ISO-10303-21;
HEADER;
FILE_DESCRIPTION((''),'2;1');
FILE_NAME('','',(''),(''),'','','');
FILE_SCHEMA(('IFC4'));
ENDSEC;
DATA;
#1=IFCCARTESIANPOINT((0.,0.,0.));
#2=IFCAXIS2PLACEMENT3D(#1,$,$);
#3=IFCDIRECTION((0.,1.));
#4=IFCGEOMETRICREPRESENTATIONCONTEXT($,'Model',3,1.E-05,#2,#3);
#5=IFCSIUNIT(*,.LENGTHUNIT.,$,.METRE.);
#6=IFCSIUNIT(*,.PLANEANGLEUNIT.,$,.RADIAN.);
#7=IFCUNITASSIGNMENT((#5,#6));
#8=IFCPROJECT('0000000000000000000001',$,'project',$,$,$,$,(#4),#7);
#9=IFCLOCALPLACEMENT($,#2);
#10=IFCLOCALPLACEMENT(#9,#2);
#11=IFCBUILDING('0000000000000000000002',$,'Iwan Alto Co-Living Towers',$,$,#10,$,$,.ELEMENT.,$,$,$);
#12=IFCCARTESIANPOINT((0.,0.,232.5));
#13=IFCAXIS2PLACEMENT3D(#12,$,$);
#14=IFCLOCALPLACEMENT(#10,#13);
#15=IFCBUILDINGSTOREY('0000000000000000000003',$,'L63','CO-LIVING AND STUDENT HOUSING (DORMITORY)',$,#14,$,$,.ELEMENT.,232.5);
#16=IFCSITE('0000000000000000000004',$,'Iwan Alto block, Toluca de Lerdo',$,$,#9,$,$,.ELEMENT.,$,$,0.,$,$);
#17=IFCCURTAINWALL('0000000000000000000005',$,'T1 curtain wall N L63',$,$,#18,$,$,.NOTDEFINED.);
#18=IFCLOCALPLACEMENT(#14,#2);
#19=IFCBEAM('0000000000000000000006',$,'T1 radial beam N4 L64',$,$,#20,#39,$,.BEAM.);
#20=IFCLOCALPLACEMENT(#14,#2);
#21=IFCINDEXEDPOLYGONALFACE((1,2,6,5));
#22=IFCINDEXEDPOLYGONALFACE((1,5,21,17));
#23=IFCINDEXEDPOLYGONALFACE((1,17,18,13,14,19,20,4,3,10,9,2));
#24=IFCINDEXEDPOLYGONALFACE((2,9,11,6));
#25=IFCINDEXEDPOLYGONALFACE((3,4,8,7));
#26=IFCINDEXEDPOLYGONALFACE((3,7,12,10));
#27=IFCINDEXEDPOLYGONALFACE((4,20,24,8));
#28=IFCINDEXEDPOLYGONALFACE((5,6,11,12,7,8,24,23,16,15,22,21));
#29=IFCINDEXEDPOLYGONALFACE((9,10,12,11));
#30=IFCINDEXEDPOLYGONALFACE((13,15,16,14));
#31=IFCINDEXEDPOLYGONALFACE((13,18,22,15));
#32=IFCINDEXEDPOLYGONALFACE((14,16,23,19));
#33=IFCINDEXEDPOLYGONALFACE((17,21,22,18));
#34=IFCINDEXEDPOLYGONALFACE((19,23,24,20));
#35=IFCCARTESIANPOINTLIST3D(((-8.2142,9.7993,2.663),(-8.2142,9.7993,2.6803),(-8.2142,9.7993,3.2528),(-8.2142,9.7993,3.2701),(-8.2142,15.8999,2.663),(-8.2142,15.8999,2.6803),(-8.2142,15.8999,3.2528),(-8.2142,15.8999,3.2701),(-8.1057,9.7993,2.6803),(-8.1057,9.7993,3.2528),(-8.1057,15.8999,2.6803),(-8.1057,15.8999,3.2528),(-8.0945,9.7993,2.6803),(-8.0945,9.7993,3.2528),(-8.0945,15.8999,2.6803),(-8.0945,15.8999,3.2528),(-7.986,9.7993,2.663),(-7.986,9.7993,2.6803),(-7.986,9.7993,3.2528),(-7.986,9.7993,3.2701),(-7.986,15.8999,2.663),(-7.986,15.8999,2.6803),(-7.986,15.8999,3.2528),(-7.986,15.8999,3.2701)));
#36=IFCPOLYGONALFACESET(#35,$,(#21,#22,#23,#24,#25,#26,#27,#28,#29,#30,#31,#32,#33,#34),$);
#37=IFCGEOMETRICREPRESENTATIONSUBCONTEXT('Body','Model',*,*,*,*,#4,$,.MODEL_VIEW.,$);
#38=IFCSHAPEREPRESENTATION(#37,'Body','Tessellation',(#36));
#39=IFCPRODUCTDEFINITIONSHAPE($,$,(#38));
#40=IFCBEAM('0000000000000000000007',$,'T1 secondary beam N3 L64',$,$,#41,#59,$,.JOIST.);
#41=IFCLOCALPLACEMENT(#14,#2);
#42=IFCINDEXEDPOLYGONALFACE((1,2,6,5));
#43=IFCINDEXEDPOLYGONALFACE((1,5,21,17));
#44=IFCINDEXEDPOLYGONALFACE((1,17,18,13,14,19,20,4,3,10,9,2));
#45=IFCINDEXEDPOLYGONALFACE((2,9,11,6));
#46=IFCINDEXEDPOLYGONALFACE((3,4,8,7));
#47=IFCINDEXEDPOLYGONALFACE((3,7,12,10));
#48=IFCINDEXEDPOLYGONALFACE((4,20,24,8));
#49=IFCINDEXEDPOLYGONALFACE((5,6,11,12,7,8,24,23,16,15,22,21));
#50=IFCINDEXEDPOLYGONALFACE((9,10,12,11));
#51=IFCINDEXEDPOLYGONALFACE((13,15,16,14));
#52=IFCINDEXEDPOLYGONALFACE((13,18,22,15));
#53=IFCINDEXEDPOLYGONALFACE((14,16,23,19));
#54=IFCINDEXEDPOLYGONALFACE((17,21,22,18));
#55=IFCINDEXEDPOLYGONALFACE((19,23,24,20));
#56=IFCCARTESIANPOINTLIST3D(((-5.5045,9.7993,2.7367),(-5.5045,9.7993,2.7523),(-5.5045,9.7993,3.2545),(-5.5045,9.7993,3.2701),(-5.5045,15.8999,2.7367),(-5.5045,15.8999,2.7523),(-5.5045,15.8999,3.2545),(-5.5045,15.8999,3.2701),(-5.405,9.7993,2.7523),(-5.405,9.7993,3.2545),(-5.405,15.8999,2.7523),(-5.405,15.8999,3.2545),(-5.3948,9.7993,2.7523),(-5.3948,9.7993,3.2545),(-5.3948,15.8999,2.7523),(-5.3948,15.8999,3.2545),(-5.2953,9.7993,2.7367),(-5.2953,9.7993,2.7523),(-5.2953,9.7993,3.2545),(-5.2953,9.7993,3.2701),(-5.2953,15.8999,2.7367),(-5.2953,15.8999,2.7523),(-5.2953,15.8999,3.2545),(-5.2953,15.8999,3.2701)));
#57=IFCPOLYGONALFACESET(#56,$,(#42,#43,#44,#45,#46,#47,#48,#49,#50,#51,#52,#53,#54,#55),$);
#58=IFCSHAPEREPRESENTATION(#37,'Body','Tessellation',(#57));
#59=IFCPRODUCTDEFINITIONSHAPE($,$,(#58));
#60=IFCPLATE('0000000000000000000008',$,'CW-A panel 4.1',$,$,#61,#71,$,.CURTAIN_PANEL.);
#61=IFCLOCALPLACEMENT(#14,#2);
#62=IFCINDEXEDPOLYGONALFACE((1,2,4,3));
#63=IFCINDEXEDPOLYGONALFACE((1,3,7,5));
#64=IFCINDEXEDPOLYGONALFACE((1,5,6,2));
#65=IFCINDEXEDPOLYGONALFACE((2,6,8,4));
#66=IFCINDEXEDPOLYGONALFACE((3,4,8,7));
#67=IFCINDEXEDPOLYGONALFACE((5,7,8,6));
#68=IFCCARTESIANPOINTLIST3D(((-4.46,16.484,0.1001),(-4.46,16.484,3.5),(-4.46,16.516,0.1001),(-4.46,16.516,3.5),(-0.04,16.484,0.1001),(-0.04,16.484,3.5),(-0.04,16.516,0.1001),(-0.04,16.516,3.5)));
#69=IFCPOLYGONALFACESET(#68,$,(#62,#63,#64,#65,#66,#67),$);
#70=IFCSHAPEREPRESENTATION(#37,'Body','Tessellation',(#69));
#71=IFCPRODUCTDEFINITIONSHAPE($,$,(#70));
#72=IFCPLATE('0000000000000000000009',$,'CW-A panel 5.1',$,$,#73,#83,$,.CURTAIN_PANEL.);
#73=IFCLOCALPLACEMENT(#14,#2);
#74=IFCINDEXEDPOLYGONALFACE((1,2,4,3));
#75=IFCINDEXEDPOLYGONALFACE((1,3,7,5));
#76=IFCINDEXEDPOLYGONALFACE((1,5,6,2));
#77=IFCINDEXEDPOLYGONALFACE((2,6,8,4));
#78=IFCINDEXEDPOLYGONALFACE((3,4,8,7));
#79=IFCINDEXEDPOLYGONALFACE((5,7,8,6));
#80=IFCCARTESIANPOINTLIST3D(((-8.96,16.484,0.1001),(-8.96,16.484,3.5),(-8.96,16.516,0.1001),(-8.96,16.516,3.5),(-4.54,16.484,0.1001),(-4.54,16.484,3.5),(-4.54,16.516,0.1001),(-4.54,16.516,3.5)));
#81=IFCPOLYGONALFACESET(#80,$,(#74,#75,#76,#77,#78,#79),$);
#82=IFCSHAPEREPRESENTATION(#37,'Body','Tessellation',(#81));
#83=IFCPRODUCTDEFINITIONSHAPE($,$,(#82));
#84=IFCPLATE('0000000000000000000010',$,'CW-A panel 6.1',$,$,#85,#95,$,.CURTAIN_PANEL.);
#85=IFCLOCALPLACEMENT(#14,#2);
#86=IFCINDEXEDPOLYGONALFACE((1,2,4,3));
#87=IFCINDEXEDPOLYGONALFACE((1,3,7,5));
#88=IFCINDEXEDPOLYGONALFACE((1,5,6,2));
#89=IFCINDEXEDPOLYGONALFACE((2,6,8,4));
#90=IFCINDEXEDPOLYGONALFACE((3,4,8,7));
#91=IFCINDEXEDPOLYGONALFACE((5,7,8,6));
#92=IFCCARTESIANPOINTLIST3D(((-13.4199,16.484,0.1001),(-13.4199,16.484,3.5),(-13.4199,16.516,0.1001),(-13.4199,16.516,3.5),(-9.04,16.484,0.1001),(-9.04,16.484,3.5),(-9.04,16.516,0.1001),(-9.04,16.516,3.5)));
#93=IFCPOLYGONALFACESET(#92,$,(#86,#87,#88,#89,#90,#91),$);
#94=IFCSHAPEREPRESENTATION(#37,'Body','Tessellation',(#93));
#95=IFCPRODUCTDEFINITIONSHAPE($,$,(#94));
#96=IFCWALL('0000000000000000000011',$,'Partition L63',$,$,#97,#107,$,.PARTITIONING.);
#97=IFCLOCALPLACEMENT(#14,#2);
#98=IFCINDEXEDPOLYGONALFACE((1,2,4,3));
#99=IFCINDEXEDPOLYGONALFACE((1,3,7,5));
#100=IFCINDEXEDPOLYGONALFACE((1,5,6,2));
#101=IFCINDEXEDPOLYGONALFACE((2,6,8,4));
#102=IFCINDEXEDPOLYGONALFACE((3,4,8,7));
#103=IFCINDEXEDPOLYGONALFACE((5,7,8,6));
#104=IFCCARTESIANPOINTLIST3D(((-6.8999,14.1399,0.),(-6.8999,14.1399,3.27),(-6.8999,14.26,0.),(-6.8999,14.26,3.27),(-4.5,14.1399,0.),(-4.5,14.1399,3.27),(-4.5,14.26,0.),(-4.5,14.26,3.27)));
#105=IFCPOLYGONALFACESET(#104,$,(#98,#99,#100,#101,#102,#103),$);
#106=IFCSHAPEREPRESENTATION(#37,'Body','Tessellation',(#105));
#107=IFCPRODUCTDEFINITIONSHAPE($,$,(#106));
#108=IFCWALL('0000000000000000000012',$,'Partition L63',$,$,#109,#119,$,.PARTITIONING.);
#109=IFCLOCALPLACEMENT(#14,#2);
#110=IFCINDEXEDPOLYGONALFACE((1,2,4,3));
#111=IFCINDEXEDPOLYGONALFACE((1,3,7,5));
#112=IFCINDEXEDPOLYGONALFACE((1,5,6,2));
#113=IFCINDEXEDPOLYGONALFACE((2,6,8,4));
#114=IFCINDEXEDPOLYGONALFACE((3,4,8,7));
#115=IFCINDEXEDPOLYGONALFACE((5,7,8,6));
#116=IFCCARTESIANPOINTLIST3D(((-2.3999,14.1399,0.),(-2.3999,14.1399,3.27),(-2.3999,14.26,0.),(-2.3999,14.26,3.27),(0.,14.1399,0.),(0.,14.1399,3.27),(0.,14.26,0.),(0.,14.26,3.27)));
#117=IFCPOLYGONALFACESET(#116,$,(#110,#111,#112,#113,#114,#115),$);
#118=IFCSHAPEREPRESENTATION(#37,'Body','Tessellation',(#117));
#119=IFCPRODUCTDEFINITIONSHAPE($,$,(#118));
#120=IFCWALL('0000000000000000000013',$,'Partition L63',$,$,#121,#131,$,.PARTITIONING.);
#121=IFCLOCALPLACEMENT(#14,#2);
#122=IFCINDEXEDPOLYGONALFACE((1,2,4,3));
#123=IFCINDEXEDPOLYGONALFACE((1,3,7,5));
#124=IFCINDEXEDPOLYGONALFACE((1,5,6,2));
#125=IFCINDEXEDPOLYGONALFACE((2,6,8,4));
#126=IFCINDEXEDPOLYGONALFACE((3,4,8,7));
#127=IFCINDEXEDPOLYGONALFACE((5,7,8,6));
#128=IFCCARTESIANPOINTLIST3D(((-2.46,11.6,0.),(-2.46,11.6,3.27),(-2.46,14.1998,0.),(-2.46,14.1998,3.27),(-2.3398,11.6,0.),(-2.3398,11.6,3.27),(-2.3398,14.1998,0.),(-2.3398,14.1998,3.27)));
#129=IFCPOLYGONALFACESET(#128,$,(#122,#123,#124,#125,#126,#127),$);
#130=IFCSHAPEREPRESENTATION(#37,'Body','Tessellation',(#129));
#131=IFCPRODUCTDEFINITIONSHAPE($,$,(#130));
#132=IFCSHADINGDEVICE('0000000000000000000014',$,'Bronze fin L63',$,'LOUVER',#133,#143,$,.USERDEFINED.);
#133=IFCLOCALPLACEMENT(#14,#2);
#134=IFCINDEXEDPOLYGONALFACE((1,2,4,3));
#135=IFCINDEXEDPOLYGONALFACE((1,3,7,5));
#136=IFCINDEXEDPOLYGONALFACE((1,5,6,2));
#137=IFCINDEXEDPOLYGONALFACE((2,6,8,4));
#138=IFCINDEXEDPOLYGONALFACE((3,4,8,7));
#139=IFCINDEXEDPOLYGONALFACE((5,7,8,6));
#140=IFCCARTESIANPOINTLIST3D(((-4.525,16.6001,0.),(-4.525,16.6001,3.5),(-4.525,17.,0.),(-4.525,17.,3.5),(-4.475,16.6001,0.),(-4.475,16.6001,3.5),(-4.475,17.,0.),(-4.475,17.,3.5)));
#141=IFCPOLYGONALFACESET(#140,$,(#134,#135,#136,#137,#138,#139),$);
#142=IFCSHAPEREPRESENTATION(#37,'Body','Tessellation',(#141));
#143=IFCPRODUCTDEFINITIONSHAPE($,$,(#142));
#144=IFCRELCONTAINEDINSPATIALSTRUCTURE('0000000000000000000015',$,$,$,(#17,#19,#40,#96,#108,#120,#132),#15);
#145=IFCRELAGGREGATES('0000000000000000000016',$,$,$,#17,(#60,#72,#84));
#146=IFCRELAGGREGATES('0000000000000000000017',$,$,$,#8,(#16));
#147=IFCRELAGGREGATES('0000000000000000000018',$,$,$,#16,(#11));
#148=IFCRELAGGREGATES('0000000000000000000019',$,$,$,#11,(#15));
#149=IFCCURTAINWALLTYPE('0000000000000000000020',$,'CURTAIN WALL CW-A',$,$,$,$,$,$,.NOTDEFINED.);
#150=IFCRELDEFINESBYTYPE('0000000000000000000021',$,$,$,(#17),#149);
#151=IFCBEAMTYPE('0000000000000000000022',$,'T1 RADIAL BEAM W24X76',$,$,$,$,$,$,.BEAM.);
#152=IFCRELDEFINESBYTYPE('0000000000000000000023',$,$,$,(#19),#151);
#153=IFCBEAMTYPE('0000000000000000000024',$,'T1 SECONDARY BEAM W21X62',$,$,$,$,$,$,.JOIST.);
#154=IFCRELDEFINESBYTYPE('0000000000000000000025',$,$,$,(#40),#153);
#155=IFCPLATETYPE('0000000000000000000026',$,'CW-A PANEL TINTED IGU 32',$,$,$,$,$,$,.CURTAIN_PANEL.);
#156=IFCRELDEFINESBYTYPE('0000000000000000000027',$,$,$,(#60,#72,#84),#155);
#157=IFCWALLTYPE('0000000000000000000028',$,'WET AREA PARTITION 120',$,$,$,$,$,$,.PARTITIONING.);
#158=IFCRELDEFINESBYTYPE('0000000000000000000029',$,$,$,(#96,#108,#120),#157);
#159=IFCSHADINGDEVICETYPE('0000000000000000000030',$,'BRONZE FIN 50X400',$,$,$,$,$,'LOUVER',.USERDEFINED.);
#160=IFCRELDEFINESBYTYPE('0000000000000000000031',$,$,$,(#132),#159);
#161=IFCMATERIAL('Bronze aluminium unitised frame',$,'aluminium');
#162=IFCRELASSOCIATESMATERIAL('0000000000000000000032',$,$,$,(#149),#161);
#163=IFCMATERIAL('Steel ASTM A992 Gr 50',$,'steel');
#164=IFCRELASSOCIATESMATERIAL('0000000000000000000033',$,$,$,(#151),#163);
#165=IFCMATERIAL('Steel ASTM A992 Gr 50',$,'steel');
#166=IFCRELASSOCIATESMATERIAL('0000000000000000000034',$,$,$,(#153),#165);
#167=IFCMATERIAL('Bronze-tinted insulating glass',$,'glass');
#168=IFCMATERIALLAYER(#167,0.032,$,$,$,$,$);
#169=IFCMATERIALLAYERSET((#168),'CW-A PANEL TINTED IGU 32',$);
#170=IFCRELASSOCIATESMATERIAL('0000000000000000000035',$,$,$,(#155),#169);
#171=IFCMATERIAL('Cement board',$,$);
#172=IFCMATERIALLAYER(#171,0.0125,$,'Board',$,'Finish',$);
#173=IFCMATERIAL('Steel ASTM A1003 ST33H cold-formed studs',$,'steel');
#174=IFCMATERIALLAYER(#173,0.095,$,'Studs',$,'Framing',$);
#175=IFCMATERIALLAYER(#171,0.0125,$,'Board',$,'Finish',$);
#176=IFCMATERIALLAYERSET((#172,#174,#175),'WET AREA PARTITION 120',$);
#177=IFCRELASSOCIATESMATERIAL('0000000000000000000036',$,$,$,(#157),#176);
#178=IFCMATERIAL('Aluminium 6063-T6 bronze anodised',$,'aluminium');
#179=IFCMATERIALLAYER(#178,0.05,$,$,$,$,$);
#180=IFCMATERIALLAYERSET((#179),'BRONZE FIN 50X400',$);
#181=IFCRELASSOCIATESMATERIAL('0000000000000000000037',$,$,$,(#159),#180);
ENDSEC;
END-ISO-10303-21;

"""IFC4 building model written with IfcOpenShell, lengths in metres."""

from ifc_helpers import new_model, si_unit, direction, frame, frame_2d, origin, origin_2d, place, context, subcontext, project, spatial, rectangle, i_section, extrude, material, layer, layer_set, material_profile, profile_set, type_object, element, aggregate, save


model = new_model("IFC4")

# Units and contexts
model_context = context("Model", 3, precision=1e-05, world=origin(), true_north=direction((0.0, 1.0)))
body_context = subcontext(model_context, "Body", "Model", "MODEL_VIEW")
ifc_project = project(units=[si_unit("LENGTHUNIT", "METRE"), si_unit("PLANEANGLEUNIT", "RADIAN")], contexts=[model_context])

# Site, building, storey
site_placement = place(None, origin())
site = spatial("IfcSite", under=ifc_project, at=site_placement, Name="Iwan Alto block, Toluca de Lerdo", CompositionType="ELEMENT", RefElevation=0.0)
building_placement = place(site_placement, origin())
building = spatial("IfcBuilding", under=site, at=building_placement, Name="Iwan Alto Co-Living Towers", CompositionType="ELEMENT")
storey_placement = place(building_placement, frame((0.0, 0.0, 232.5)))
storey = spatial("IfcBuildingStorey", under=building, at=storey_placement, Name="L63", Description="CO-LIVING AND STUDENT HOUSING (DORMITORY)", CompositionType="ELEMENT", Elevation=232.5)

# Curtain wall
ifc_material_1 = material(Name="Bronze aluminium unitised frame", Category="aluminium")
curtain_wall_type = type_object("IfcCurtainWallType", Name="CURTAIN WALL CW-A", PredefinedType="NOTDEFINED", material=ifc_material_1)
curtain_wall_placement = place(storey_placement, origin())
curtain_wall = element("IfcCurtainWall", 1, at=curtain_wall_placement, inside=storey, type_object=curtain_wall_type, Name="T1 curtain wall N L63", PredefinedType="NOTDEFINED")

# Beams
ifc_material_2 = material(Name="Steel ASTM A992 Gr 50", Category="steel")
ifc_material_profile_1 = material_profile(ifc_material_2, i_section(OverallWidth=0.2283, OverallDepth=0.6072, WebThickness=0.0112, FlangeThickness=0.0173, at=origin_2d()), Name="W24X76")
ifc_profile_set_1 = profile_set([ifc_material_profile_1], Name="Steel ASTM A992 Gr 50")
beam_type_1 = type_object("IfcBeamType", Name="T1 RADIAL BEAM W24X76", PredefinedType="BEAM", material=ifc_profile_set_1)
for number, where, z_axis, x_axis, name in (
    (2, (-8.1001, 15.8999, 2.9666), (0.0, -1.0, 0.0), (1.0, 0.0, 0.0), "T1 radial beam N4 L64"),
):
    element("IfcBeam", number, at=place(storey_placement, frame(where, z_axis=z_axis, x_axis=x_axis)), inside=storey, type_object=beam_type_1, Name=name, PredefinedType="BEAM", context=body_context, shape_type="SweptSolid", body=[
        extrude(i_section(OverallWidth=0.2283, OverallDepth=0.6072, WebThickness=0.0112, FlangeThickness=0.0173, at=origin_2d()), origin(), (0.0, 0.0, 1.0), 6.1006),
    ])
ifc_material_3 = material(Name="Steel ASTM A992 Gr 50", Category="steel")
ifc_material_profile_2 = material_profile(ifc_material_3, i_section(OverallWidth=0.2092, OverallDepth=0.5334, WebThickness=0.0103, FlangeThickness=0.0156, at=origin_2d()), Name="W21X62")
ifc_profile_set_2 = profile_set([ifc_material_profile_2], Name="Steel ASTM A992 Gr 50")
beam_type_2 = type_object("IfcBeamType", Name="T1 SECONDARY BEAM W21X62", PredefinedType="JOIST", material=ifc_profile_set_2)
beam_1_placement = place(storey_placement, frame((-5.3999, 15.8999, 3.0034), z_axis=(0.0, -1.0, 0.0), x_axis=(1.0, 0.0, 0.0)))
element("IfcBeam", 3, at=beam_1_placement, inside=storey, type_object=beam_type_2, Name="T1 secondary beam N3 L64", PredefinedType="JOIST", context=body_context, shape_type="SweptSolid", body=[
    extrude(i_section(OverallWidth=0.2092, OverallDepth=0.5334, WebThickness=0.0103, FlangeThickness=0.0156, at=origin_2d()), origin(), (0.0, 0.0, 1.0), 6.1006),
])

# Plates
ifc_material_4 = material(Name="Bronze-tinted insulating glass", Category="glass")
ifc_layer_1 = layer(ifc_material_4, 0.032)
ifc_layer_set_1 = layer_set([ifc_layer_1], Name="CW-A PANEL TINTED IGU 32")
plate_type = type_object("IfcPlateType", Name="CW-A PANEL TINTED IGU 32", PredefinedType="CURTAIN_PANEL", material=ifc_layer_set_1)
plate_1_placement = place(storey_placement, frame((-2.25, 16.5, 0.1001), z_axis=(0.0, 0.0, 1.0), x_axis=(-1.0, 0.0, 0.0)))
plate_1 = element("IfcPlate", 4, at=plate_1_placement, type_object=plate_type, Name="CW-A panel 4.1", PredefinedType="CURTAIN_PANEL", context=body_context, shape_type="SweptSolid", body=[
    extrude(rectangle(XDim=4.4199, YDim=0.032, at=origin_2d()), origin(), (0.0, 0.0, 1.0), 3.3999),
])
plate_2_placement = place(storey_placement, frame((-6.75, 16.5, 0.1001), z_axis=(0.0, 0.0, 1.0), x_axis=(-1.0, 0.0, 0.0)))
plate_2 = element("IfcPlate", 5, at=plate_2_placement, type_object=plate_type, Name="CW-A panel 5.1", PredefinedType="CURTAIN_PANEL", context=body_context, shape_type="SweptSolid", body=[
    extrude(rectangle(XDim=4.4199, YDim=0.032, at=origin_2d()), origin(), (0.0, 0.0, 1.0), 3.3999),
])
plate_3_placement = place(storey_placement, frame((-11.23, 16.5, 0.1001), z_axis=(0.0, 0.0, 1.0), x_axis=(-1.0, 0.0, 0.0)))
plate_3 = element("IfcPlate", 6, at=plate_3_placement, type_object=plate_type, Name="CW-A panel 6.1", PredefinedType="CURTAIN_PANEL", context=body_context, shape_type="SweptSolid", body=[
    extrude(rectangle(XDim=4.3799, YDim=0.032, at=origin_2d()), origin(), (0.0, 0.0, 1.0), 3.3999),
])
aggregate(curtain_wall, [plate_1, plate_2, plate_3])

# Walls
ifc_material_5 = material(Name="Cement board")
ifc_layer_2 = layer(ifc_material_5, 0.0125, Name="Board", Category="Finish")
ifc_material_6 = material(Name="Steel ASTM A1003 ST33H cold-formed studs", Category="steel")
ifc_layer_3 = layer(ifc_material_6, 0.095, Name="Studs", Category="Framing")
ifc_layer_4 = layer(ifc_material_5, 0.0125, Name="Board", Category="Finish")
ifc_layer_set_2 = layer_set([ifc_layer_2, ifc_layer_3, ifc_layer_4], Name="WET AREA PARTITION 120")
wall_type = type_object("IfcWallType", Name="WET AREA PARTITION 120", PredefinedType="PARTITIONING", material=ifc_layer_set_2)
for number, where, z_axis, x_axis, name in (
    (7, (-6.8999, 14.2, 0.0), (0.0, 0.0, 1.0), (1.0, 0.0, 0.0), "Partition L63"),
    (8, (-2.3999, 14.2, 0.0), (0.0, 0.0, 1.0), (1.0, 0.0, 0.0), "Partition L63"),
):
    element("IfcWall", number, at=place(storey_placement, frame(where, z_axis=z_axis, x_axis=x_axis)), inside=storey, type_object=wall_type, Name=name, PredefinedType="PARTITIONING", context=body_context, shape_type="SweptSolid", body=[
        extrude(rectangle(XDim=2.3999, YDim=0.1201, at=frame_2d((1.2, 0.0))), origin(), (0.0, 0.0, 1.0), 3.27),
    ])
wall_placement = place(storey_placement, frame((-2.3999, 11.6001, 0.0), z_axis=(0.0, 0.0, 1.0), x_axis=(0.0, 1.0, 0.0)))
element("IfcWall", 9, at=wall_placement, inside=storey, type_object=wall_type, Name="Partition L63", PredefinedType="PARTITIONING", context=body_context, shape_type="SweptSolid", body=[
    extrude(rectangle(XDim=2.5999, YDim=0.1201, at=frame_2d((1.2998, 0.0))), origin(), (0.0, 0.0, 1.0), 3.27),
])

# Shading device
ifc_material_7 = material(Name="Aluminium 6063-T6 bronze anodised", Category="aluminium")
ifc_layer_5 = layer(ifc_material_7, 0.05)
ifc_layer_set_3 = layer_set([ifc_layer_5], Name="BRONZE FIN 50X400")
shading_device_type = type_object("IfcShadingDeviceType", Name="BRONZE FIN 50X400", ElementType="LOUVER", PredefinedType="USERDEFINED", material=ifc_layer_set_3)
shading_device_placement = place(storey_placement, frame((-4.5, 16.8, 0.0), z_axis=(0.0, 0.0, 1.0), x_axis=(-1.0, 0.0, 0.0)))
element("IfcShadingDevice", 10, at=shading_device_placement, inside=storey, type_object=shading_device_type, Name="Bronze fin L63", ObjectType="LOUVER", PredefinedType="USERDEFINED", context=body_context, shape_type="SweptSolid", body=[
    extrude(rectangle(XDim=0.05, YDim=0.3999, at=origin_2d()), origin(), (0.0, 0.0, 1.0), 3.5),
])

save(model, "model.ifc")
